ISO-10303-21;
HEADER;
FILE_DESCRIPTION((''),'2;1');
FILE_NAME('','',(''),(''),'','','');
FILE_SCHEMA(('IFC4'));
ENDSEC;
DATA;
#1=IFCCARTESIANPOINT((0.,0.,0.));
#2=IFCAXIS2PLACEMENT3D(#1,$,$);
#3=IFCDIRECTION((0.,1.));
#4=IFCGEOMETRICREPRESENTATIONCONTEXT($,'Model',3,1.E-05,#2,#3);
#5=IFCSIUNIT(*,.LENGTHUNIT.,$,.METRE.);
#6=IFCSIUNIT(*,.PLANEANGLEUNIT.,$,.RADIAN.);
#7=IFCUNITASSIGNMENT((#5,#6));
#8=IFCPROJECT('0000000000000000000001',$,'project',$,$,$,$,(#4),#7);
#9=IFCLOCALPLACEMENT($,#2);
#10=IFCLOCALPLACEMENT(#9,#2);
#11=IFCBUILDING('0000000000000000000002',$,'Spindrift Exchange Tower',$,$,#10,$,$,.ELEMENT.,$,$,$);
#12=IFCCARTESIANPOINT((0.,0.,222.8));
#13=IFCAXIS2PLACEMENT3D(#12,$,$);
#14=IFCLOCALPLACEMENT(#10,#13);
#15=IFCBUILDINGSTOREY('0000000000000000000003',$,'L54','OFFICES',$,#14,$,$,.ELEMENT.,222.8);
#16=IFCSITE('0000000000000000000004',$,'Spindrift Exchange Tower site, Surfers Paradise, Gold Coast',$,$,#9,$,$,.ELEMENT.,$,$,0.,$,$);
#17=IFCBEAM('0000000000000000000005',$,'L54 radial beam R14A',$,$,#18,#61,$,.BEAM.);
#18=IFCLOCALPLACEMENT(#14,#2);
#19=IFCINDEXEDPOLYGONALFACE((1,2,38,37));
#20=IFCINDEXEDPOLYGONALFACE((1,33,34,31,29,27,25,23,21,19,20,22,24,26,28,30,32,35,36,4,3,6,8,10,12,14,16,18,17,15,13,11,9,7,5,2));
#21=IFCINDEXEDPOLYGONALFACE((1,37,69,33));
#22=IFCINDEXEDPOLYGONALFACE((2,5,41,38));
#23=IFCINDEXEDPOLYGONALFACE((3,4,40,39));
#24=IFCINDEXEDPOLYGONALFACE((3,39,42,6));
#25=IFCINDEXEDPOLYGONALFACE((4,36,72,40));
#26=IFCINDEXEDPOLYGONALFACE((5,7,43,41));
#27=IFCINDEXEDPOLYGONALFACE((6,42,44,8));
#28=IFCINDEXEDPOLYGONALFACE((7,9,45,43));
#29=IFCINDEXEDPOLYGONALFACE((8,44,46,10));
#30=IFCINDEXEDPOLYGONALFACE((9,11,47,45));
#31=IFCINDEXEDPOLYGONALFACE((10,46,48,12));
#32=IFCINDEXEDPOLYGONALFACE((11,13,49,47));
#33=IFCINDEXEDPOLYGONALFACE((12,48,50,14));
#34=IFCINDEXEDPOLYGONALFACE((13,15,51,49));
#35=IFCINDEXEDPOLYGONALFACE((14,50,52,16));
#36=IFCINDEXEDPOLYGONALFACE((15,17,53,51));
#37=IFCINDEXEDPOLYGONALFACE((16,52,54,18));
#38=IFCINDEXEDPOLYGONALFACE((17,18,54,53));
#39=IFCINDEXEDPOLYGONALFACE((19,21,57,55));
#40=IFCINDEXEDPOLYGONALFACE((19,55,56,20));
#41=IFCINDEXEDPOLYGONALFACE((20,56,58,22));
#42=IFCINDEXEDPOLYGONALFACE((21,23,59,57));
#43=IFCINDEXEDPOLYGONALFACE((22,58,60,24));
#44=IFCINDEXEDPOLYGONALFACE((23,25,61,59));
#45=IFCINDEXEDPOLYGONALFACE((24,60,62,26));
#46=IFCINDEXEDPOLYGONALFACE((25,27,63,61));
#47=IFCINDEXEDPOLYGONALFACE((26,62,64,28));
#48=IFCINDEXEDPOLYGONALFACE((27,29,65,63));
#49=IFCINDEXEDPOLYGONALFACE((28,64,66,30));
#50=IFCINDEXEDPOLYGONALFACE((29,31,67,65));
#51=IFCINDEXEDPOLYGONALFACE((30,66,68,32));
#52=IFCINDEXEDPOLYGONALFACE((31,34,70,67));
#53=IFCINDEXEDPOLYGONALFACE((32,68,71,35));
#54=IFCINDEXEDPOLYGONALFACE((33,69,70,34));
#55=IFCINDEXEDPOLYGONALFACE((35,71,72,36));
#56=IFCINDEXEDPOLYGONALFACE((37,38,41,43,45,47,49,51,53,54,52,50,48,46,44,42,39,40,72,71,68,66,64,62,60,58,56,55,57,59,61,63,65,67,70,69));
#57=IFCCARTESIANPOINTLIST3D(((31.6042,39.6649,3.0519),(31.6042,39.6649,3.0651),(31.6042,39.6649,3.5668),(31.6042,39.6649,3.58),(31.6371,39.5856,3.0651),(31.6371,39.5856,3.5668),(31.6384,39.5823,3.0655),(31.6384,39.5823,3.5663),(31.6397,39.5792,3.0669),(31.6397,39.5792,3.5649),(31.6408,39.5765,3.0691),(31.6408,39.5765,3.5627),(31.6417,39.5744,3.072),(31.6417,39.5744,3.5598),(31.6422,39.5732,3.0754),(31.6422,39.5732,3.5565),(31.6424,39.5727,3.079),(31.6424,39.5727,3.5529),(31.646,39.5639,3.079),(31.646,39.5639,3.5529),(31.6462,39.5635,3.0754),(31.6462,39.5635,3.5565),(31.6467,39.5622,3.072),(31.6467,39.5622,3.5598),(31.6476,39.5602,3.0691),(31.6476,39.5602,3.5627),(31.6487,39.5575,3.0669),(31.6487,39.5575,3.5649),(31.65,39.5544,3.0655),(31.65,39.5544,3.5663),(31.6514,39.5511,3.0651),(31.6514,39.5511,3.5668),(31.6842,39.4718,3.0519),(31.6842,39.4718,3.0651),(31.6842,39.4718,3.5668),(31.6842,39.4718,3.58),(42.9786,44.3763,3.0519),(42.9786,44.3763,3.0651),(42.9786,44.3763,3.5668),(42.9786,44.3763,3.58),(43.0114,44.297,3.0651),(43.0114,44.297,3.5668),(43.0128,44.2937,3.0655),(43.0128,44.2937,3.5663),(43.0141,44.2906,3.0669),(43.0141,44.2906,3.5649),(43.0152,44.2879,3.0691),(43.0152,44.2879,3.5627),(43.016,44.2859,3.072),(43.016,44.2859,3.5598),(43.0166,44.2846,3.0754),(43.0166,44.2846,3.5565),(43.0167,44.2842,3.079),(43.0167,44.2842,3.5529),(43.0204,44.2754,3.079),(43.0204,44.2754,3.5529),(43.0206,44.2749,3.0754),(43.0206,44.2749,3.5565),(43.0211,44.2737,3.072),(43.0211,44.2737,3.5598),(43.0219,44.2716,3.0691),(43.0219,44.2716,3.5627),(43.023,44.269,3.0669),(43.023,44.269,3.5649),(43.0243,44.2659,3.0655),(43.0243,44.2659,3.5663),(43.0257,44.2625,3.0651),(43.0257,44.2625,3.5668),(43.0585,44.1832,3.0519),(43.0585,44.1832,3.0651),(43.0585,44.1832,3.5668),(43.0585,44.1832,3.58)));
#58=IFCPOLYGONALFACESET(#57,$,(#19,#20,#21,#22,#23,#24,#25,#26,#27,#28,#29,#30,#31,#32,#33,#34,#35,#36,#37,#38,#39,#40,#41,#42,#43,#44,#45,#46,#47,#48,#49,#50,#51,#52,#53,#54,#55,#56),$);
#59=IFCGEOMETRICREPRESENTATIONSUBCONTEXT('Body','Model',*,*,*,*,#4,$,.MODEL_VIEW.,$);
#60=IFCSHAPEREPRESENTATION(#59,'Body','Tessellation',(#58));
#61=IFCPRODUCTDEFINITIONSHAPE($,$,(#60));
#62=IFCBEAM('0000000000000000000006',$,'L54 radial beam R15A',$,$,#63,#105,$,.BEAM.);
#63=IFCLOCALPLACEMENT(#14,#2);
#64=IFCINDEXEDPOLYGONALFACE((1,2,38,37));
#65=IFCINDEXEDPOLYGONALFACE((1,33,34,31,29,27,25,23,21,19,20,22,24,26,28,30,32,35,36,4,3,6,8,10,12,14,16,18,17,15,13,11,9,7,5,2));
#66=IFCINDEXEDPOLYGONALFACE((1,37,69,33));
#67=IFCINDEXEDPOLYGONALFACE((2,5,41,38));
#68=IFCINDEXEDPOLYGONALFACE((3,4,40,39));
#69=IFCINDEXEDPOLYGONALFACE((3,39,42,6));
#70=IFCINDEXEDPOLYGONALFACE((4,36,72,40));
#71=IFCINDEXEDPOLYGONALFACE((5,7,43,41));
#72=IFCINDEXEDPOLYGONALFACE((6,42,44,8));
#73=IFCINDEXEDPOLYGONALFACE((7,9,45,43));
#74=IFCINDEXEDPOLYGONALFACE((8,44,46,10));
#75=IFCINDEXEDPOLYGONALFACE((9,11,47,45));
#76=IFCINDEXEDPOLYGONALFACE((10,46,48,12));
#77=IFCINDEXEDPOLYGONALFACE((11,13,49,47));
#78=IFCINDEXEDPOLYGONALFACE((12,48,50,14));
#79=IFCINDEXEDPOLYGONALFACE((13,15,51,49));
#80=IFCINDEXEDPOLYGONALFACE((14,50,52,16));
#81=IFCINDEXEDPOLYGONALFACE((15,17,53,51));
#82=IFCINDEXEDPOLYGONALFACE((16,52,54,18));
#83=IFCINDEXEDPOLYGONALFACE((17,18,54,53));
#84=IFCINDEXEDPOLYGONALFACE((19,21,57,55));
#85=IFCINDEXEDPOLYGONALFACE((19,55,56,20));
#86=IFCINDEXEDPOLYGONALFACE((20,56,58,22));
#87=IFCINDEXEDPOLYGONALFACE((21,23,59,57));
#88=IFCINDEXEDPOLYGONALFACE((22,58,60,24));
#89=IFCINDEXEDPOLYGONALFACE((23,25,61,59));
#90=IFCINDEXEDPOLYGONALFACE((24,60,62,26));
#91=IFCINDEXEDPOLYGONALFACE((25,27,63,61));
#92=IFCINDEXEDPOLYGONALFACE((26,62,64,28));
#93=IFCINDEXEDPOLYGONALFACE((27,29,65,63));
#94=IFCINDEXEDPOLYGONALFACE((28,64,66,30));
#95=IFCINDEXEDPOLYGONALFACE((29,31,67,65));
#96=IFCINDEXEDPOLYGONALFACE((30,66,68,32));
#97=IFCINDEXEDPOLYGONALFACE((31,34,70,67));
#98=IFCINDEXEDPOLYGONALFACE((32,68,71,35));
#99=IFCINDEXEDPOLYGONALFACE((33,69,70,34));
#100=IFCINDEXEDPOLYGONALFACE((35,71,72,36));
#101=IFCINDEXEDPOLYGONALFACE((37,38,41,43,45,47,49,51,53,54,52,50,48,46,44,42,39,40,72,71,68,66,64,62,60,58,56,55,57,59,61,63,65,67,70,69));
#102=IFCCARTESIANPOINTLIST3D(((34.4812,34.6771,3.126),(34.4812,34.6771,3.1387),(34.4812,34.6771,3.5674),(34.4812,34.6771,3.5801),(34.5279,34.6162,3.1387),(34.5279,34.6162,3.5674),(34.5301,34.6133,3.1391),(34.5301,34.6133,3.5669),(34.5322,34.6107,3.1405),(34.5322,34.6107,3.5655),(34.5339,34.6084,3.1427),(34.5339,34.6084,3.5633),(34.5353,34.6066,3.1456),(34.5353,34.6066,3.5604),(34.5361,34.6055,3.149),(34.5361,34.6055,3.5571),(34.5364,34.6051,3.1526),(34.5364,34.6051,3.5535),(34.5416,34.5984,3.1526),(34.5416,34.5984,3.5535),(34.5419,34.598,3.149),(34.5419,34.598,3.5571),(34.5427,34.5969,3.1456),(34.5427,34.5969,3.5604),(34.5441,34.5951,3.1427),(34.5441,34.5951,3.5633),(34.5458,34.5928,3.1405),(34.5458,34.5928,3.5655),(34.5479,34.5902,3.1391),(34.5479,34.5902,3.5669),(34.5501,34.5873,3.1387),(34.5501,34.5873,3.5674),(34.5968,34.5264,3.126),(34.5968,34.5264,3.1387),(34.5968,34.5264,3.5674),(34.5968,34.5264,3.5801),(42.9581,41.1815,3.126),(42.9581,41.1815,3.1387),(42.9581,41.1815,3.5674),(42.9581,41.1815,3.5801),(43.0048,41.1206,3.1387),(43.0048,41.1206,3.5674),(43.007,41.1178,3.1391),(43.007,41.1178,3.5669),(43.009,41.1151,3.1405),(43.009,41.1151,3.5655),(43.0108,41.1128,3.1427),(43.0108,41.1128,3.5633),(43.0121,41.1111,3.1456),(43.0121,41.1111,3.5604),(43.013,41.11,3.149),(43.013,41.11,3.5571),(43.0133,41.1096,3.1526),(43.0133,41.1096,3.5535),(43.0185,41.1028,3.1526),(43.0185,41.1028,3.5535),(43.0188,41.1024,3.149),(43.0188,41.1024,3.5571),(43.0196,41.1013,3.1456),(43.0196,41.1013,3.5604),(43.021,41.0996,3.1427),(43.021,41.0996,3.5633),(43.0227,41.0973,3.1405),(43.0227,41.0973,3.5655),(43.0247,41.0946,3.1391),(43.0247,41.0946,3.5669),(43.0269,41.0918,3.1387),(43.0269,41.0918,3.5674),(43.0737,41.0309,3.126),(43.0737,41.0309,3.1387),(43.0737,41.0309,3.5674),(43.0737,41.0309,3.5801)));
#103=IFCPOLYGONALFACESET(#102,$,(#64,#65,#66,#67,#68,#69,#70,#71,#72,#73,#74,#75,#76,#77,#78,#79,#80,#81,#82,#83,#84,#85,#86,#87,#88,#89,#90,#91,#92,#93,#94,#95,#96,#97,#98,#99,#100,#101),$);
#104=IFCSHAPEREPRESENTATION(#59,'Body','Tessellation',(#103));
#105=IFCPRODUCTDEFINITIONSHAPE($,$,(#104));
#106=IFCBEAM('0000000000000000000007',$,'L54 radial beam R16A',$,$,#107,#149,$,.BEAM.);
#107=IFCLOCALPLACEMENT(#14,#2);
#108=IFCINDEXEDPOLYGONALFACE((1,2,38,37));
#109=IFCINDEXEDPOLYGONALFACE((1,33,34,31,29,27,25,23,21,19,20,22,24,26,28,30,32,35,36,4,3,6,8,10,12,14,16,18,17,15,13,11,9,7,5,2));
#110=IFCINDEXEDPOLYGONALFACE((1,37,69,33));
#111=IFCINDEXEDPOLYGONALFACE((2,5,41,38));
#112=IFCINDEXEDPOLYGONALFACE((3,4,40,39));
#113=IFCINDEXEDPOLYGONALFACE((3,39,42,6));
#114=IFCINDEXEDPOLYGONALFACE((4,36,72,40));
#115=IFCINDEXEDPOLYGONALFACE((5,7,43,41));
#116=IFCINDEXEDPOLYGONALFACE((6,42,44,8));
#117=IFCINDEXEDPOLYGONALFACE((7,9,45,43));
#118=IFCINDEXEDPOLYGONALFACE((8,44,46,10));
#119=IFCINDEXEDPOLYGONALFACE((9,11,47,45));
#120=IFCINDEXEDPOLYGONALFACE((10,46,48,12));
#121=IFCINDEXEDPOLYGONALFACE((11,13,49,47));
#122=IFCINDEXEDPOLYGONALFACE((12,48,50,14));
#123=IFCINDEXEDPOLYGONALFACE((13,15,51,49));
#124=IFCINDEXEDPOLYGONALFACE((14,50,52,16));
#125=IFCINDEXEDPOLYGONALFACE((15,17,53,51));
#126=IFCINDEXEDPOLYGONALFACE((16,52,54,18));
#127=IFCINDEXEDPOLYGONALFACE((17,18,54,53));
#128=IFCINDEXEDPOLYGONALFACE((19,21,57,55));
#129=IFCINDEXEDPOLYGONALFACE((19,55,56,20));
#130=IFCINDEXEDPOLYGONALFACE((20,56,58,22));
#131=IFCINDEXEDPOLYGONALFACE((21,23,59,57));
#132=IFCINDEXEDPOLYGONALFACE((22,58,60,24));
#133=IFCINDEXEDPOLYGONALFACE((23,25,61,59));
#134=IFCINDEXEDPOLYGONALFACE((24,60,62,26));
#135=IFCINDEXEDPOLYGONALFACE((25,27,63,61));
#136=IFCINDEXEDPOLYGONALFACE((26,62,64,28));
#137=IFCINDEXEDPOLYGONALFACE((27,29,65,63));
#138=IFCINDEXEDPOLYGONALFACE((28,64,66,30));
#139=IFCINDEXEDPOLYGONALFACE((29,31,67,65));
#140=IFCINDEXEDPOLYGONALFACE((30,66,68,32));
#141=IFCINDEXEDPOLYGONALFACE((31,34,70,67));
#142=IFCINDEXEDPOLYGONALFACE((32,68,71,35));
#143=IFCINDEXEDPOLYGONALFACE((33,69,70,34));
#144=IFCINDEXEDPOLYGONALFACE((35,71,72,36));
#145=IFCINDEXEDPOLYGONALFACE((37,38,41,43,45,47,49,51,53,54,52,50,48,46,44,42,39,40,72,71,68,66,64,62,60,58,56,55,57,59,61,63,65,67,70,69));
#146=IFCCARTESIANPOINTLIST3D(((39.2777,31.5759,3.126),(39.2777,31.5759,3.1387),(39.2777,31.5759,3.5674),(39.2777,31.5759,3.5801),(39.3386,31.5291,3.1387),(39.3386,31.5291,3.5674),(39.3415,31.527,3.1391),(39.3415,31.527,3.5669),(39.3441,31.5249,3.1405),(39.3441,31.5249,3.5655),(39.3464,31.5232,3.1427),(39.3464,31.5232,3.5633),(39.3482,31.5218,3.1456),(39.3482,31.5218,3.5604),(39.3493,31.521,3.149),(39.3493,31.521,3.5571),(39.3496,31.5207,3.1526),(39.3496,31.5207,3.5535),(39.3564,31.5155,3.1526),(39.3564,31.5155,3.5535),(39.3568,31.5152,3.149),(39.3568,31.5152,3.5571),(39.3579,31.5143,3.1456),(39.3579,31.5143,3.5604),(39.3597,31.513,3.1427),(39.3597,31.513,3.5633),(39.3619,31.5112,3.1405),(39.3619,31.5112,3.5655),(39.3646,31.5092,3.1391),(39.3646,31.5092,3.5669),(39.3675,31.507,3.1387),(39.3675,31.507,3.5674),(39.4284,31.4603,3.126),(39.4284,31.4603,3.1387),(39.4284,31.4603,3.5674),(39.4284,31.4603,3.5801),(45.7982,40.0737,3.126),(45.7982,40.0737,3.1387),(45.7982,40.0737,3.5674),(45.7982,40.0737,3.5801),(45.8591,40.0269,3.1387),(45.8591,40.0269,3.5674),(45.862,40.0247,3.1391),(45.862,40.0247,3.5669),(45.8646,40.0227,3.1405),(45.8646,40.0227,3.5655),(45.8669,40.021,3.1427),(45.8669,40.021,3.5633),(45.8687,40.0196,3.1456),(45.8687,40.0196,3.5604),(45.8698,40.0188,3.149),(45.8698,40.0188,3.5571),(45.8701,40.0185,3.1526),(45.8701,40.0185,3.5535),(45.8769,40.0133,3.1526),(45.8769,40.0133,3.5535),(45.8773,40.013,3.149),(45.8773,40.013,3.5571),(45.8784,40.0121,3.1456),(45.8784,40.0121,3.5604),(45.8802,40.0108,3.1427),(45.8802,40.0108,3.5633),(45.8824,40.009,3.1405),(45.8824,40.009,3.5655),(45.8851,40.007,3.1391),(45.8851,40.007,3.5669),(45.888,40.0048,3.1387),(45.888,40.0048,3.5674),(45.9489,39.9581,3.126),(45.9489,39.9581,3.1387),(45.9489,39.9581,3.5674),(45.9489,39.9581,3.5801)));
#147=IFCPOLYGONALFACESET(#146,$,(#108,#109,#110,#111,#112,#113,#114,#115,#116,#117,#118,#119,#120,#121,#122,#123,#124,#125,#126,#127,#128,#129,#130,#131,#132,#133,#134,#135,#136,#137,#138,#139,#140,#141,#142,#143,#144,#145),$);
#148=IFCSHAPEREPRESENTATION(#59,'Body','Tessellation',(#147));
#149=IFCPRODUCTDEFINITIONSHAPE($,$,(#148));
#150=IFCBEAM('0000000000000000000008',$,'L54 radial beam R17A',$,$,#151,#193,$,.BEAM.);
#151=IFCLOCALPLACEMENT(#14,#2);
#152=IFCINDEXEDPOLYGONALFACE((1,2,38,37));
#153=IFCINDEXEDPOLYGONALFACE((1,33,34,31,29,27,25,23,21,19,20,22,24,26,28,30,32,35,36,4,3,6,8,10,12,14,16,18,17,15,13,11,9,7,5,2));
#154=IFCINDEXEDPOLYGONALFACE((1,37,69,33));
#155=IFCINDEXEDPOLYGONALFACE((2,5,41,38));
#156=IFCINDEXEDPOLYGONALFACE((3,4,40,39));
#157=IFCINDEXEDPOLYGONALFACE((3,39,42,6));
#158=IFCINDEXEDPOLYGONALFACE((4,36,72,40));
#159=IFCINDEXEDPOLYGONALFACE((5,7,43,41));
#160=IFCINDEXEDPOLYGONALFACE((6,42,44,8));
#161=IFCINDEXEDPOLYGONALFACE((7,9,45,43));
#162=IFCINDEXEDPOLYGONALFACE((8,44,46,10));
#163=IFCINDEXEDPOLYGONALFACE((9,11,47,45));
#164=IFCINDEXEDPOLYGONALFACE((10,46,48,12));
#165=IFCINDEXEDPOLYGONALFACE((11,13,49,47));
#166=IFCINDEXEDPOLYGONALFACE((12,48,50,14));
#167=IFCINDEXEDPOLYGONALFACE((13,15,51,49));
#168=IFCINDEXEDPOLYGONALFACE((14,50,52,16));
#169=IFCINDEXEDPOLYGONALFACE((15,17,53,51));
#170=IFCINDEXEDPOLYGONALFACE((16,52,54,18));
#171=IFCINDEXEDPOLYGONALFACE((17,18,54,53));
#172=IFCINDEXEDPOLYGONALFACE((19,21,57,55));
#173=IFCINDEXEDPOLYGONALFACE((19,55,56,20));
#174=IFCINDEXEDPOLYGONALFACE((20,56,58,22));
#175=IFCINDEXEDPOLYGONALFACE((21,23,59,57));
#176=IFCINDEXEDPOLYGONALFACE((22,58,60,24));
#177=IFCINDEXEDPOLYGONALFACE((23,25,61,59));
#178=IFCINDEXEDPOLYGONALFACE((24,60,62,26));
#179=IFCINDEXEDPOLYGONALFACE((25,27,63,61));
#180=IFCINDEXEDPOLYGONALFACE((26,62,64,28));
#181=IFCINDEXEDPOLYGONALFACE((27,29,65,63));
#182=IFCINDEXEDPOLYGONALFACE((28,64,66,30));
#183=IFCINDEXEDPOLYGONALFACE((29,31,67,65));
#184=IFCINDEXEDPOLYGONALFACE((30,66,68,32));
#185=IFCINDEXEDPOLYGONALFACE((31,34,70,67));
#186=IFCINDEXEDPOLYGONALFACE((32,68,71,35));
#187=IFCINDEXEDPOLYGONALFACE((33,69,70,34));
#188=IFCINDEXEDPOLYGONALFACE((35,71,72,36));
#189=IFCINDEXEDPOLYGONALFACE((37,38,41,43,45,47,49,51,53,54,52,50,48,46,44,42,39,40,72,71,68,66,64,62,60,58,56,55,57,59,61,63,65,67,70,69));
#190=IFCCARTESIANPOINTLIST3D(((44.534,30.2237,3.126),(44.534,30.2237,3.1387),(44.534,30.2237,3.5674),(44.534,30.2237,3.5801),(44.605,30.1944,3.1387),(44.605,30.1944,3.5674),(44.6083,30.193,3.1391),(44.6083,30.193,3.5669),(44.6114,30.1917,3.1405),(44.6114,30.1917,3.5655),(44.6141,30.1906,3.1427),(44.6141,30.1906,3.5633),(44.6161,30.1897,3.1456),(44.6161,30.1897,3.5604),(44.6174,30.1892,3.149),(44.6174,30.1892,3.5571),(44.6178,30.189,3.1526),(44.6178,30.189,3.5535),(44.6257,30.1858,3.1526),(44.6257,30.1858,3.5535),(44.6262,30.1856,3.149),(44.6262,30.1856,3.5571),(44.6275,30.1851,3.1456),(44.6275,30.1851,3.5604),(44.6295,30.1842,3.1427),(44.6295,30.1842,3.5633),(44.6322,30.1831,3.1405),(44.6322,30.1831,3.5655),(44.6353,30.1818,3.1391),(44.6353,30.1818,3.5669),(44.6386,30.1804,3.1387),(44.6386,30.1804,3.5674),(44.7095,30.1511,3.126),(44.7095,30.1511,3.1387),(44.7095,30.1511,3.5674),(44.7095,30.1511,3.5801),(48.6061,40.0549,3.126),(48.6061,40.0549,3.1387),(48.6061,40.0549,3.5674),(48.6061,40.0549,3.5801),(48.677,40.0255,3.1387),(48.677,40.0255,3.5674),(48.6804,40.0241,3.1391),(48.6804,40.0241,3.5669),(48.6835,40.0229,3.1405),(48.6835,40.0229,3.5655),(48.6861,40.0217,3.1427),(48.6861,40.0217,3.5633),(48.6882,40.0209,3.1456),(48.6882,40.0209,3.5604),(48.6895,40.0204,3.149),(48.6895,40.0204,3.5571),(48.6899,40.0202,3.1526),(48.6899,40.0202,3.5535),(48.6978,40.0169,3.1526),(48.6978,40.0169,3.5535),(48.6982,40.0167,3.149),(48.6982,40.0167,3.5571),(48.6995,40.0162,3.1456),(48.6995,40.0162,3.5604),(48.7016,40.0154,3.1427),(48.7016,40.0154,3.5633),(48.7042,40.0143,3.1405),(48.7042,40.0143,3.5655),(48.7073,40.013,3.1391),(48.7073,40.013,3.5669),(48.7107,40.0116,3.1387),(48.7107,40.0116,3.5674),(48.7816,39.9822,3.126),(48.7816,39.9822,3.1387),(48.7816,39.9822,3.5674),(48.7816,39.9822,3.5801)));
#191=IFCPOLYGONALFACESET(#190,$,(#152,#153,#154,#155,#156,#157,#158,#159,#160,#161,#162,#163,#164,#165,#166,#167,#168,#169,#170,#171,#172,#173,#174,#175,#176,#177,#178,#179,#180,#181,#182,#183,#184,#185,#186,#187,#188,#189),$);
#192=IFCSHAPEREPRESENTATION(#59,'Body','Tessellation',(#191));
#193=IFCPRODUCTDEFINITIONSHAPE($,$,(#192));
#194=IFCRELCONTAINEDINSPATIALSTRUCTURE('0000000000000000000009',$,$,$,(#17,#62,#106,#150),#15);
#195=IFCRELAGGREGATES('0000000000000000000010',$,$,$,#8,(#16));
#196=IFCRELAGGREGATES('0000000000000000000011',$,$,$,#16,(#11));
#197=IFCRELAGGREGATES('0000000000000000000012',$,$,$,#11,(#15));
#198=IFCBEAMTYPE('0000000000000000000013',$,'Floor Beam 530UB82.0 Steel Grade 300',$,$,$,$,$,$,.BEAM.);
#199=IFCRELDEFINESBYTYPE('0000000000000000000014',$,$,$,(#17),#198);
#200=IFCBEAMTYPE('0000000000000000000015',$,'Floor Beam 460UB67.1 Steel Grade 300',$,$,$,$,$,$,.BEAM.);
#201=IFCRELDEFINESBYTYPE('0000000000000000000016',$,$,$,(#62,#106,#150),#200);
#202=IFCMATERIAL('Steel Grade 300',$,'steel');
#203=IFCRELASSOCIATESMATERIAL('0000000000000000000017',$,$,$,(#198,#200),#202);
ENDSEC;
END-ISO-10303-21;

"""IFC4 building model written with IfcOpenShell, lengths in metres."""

from ifc_helpers import new_model, si_unit, direction, frame, origin, origin_2d, place, context, subcontext, project, spatial, i_section, extrude, source, transform, mapped, material, material_profile, profile_set, type_object, element, save


model = new_model("IFC4")

# Units and contexts
model_context = context("Model", 3, precision=1e-05, world=origin(), true_north=direction((0.0, 1.0)))
body_context = subcontext(model_context, "Body", "Model", "MODEL_VIEW")
ifc_project = project(units=[si_unit("LENGTHUNIT", "METRE"), si_unit("PLANEANGLEUNIT", "RADIAN")], contexts=[model_context])

# Site, building, storey
site_placement = place(None, origin())
site = spatial("IfcSite", under=ifc_project, at=site_placement, Name="Spindrift Exchange Tower site, Surfers Paradise, Gold Coast", CompositionType="ELEMENT", RefElevation=0.0)
building_placement = place(site_placement, origin())
building = spatial("IfcBuilding", under=site, at=building_placement, Name="Spindrift Exchange Tower", CompositionType="ELEMENT")
storey_placement = place(building_placement, frame((0.0, 0.0, 222.8)))
storey = spatial("IfcBuildingStorey", under=building, at=storey_placement, Name="L54", Description="OFFICES", CompositionType="ELEMENT", Elevation=222.8)

# Beams
ifc_material_1 = material(Name="Steel Grade 300", Category="steel")
ifc_material_profile_1 = material_profile(ifc_material_1, i_section(OverallWidth=0.209, OverallDepth=0.5281, WebThickness=0.0095, FlangeThickness=0.0132, FilletRadius=0.0139, at=origin_2d()), Name="530UB82.0")
ifc_profile_set_1 = profile_set([ifc_material_profile_1], Name="Steel Grade 300")
beam_type_1 = type_object("IfcBeamType", Name="Floor Beam 530UB82.0 Steel Grade 300", PredefinedType="BEAM", material=ifc_profile_set_1)
shared_shape_1 = source(origin(), body_context, "Body", "SweptSolid", [
    extrude(i_section(OverallWidth=0.209, OverallDepth=0.5281, WebThickness=0.0095, FlangeThickness=0.0132, FilletRadius=0.0139, at=origin_2d()), origin(), (0.0, 0.0, 1.0), 12.3115),
])
beam_1_placement = place(storey_placement, frame((43.0186, 44.2798, 3.3159), z_axis=(-0.923878, -0.382687, 0.0), x_axis=(0.382687, -0.923878, 0.0)))
element("IfcBeam", 1, at=beam_1_placement, inside=storey, type_object=beam_type_1, Name="L54 radial beam R14A", PredefinedType="BEAM", context=body_context, shape_type="MappedRepresentation", body=[
    mapped(shared_shape_1, transform((0.0, 0.0, 0.0), scale=1.0)),
])
ifc_material_profile_2 = material_profile(ifc_material_1, i_section(OverallWidth=0.1899, OverallDepth=0.4541, WebThickness=0.0085, FlangeThickness=0.0127, FilletRadius=0.0139, at=origin_2d()), Name="460UB67.1")
ifc_profile_set_2 = profile_set([ifc_material_profile_2], Name="Steel Grade 300")
beam_type_2 = type_object("IfcBeamType", Name="Floor Beam 460UB67.1 Steel Grade 300", PredefinedType="BEAM", material=ifc_profile_set_2)
shared_shape_2 = source(origin(), body_context, "Body", "SweptSolid", [
    extrude(i_section(OverallWidth=0.1899, OverallDepth=0.4541, WebThickness=0.0085, FlangeThickness=0.0127, FilletRadius=0.0139, at=origin_2d()), origin(), (0.0, 0.0, 1.0), 10.6848),
])
beam_2_placement = place(storey_placement, frame((43.0159, 41.1062, 3.353), z_axis=(-0.793357, -0.608756, 0.0), x_axis=(0.608756, -0.793357, 0.0)))
element("IfcBeam", 2, at=beam_2_placement, inside=storey, type_object=beam_type_2, Name="L54 radial beam R15A", PredefinedType="BEAM", context=body_context, shape_type="MappedRepresentation", body=[
    mapped(shared_shape_2, transform((0.0, 0.0, 0.0), scale=1.0)),
])
shared_shape_3 = source(origin(), body_context, "Body", "SweptSolid", [
    extrude(i_section(OverallWidth=0.1899, OverallDepth=0.4541, WebThickness=0.0085, FlangeThickness=0.0127, FilletRadius=0.0139, at=origin_2d()), origin(), (0.0, 0.0, 1.0), 10.7112),
])
beam_3_placement = place(storey_placement, frame((45.8735, 40.0159, 3.353), z_axis=(-0.608756, -0.793357, 0.0), x_axis=(0.793357, -0.608756, 0.0)))
element("IfcBeam", 3, at=beam_3_placement, inside=storey, type_object=beam_type_2, Name="L54 radial beam R16A", PredefinedType="BEAM", context=body_context, shape_type="MappedRepresentation", body=[
    mapped(shared_shape_3, transform((0.0, 0.0, 0.0), scale=1.0)),
])
shared_shape_4 = source(origin(), body_context, "Body", "SweptSolid", [
    extrude(i_section(OverallWidth=0.1899, OverallDepth=0.4541, WebThickness=0.0085, FlangeThickness=0.0127, FilletRadius=0.0139, at=origin_2d()), origin(), (0.0, 0.0, 1.0), 10.6411),
])
beam_4_placement = place(storey_placement, frame((48.6938, 40.0186, 3.353), z_axis=(-0.382673, -0.923884, 0.0), x_axis=(0.923884, -0.382673, 0.0)))
element("IfcBeam", 4, at=beam_4_placement, inside=storey, type_object=beam_type_2, Name="L54 radial beam R17A", PredefinedType="BEAM", context=body_context, shape_type="MappedRepresentation", body=[
    mapped(shared_shape_4, transform((0.0, 0.0, 0.0), scale=1.0)),
])

save(model, "model.ifc")
